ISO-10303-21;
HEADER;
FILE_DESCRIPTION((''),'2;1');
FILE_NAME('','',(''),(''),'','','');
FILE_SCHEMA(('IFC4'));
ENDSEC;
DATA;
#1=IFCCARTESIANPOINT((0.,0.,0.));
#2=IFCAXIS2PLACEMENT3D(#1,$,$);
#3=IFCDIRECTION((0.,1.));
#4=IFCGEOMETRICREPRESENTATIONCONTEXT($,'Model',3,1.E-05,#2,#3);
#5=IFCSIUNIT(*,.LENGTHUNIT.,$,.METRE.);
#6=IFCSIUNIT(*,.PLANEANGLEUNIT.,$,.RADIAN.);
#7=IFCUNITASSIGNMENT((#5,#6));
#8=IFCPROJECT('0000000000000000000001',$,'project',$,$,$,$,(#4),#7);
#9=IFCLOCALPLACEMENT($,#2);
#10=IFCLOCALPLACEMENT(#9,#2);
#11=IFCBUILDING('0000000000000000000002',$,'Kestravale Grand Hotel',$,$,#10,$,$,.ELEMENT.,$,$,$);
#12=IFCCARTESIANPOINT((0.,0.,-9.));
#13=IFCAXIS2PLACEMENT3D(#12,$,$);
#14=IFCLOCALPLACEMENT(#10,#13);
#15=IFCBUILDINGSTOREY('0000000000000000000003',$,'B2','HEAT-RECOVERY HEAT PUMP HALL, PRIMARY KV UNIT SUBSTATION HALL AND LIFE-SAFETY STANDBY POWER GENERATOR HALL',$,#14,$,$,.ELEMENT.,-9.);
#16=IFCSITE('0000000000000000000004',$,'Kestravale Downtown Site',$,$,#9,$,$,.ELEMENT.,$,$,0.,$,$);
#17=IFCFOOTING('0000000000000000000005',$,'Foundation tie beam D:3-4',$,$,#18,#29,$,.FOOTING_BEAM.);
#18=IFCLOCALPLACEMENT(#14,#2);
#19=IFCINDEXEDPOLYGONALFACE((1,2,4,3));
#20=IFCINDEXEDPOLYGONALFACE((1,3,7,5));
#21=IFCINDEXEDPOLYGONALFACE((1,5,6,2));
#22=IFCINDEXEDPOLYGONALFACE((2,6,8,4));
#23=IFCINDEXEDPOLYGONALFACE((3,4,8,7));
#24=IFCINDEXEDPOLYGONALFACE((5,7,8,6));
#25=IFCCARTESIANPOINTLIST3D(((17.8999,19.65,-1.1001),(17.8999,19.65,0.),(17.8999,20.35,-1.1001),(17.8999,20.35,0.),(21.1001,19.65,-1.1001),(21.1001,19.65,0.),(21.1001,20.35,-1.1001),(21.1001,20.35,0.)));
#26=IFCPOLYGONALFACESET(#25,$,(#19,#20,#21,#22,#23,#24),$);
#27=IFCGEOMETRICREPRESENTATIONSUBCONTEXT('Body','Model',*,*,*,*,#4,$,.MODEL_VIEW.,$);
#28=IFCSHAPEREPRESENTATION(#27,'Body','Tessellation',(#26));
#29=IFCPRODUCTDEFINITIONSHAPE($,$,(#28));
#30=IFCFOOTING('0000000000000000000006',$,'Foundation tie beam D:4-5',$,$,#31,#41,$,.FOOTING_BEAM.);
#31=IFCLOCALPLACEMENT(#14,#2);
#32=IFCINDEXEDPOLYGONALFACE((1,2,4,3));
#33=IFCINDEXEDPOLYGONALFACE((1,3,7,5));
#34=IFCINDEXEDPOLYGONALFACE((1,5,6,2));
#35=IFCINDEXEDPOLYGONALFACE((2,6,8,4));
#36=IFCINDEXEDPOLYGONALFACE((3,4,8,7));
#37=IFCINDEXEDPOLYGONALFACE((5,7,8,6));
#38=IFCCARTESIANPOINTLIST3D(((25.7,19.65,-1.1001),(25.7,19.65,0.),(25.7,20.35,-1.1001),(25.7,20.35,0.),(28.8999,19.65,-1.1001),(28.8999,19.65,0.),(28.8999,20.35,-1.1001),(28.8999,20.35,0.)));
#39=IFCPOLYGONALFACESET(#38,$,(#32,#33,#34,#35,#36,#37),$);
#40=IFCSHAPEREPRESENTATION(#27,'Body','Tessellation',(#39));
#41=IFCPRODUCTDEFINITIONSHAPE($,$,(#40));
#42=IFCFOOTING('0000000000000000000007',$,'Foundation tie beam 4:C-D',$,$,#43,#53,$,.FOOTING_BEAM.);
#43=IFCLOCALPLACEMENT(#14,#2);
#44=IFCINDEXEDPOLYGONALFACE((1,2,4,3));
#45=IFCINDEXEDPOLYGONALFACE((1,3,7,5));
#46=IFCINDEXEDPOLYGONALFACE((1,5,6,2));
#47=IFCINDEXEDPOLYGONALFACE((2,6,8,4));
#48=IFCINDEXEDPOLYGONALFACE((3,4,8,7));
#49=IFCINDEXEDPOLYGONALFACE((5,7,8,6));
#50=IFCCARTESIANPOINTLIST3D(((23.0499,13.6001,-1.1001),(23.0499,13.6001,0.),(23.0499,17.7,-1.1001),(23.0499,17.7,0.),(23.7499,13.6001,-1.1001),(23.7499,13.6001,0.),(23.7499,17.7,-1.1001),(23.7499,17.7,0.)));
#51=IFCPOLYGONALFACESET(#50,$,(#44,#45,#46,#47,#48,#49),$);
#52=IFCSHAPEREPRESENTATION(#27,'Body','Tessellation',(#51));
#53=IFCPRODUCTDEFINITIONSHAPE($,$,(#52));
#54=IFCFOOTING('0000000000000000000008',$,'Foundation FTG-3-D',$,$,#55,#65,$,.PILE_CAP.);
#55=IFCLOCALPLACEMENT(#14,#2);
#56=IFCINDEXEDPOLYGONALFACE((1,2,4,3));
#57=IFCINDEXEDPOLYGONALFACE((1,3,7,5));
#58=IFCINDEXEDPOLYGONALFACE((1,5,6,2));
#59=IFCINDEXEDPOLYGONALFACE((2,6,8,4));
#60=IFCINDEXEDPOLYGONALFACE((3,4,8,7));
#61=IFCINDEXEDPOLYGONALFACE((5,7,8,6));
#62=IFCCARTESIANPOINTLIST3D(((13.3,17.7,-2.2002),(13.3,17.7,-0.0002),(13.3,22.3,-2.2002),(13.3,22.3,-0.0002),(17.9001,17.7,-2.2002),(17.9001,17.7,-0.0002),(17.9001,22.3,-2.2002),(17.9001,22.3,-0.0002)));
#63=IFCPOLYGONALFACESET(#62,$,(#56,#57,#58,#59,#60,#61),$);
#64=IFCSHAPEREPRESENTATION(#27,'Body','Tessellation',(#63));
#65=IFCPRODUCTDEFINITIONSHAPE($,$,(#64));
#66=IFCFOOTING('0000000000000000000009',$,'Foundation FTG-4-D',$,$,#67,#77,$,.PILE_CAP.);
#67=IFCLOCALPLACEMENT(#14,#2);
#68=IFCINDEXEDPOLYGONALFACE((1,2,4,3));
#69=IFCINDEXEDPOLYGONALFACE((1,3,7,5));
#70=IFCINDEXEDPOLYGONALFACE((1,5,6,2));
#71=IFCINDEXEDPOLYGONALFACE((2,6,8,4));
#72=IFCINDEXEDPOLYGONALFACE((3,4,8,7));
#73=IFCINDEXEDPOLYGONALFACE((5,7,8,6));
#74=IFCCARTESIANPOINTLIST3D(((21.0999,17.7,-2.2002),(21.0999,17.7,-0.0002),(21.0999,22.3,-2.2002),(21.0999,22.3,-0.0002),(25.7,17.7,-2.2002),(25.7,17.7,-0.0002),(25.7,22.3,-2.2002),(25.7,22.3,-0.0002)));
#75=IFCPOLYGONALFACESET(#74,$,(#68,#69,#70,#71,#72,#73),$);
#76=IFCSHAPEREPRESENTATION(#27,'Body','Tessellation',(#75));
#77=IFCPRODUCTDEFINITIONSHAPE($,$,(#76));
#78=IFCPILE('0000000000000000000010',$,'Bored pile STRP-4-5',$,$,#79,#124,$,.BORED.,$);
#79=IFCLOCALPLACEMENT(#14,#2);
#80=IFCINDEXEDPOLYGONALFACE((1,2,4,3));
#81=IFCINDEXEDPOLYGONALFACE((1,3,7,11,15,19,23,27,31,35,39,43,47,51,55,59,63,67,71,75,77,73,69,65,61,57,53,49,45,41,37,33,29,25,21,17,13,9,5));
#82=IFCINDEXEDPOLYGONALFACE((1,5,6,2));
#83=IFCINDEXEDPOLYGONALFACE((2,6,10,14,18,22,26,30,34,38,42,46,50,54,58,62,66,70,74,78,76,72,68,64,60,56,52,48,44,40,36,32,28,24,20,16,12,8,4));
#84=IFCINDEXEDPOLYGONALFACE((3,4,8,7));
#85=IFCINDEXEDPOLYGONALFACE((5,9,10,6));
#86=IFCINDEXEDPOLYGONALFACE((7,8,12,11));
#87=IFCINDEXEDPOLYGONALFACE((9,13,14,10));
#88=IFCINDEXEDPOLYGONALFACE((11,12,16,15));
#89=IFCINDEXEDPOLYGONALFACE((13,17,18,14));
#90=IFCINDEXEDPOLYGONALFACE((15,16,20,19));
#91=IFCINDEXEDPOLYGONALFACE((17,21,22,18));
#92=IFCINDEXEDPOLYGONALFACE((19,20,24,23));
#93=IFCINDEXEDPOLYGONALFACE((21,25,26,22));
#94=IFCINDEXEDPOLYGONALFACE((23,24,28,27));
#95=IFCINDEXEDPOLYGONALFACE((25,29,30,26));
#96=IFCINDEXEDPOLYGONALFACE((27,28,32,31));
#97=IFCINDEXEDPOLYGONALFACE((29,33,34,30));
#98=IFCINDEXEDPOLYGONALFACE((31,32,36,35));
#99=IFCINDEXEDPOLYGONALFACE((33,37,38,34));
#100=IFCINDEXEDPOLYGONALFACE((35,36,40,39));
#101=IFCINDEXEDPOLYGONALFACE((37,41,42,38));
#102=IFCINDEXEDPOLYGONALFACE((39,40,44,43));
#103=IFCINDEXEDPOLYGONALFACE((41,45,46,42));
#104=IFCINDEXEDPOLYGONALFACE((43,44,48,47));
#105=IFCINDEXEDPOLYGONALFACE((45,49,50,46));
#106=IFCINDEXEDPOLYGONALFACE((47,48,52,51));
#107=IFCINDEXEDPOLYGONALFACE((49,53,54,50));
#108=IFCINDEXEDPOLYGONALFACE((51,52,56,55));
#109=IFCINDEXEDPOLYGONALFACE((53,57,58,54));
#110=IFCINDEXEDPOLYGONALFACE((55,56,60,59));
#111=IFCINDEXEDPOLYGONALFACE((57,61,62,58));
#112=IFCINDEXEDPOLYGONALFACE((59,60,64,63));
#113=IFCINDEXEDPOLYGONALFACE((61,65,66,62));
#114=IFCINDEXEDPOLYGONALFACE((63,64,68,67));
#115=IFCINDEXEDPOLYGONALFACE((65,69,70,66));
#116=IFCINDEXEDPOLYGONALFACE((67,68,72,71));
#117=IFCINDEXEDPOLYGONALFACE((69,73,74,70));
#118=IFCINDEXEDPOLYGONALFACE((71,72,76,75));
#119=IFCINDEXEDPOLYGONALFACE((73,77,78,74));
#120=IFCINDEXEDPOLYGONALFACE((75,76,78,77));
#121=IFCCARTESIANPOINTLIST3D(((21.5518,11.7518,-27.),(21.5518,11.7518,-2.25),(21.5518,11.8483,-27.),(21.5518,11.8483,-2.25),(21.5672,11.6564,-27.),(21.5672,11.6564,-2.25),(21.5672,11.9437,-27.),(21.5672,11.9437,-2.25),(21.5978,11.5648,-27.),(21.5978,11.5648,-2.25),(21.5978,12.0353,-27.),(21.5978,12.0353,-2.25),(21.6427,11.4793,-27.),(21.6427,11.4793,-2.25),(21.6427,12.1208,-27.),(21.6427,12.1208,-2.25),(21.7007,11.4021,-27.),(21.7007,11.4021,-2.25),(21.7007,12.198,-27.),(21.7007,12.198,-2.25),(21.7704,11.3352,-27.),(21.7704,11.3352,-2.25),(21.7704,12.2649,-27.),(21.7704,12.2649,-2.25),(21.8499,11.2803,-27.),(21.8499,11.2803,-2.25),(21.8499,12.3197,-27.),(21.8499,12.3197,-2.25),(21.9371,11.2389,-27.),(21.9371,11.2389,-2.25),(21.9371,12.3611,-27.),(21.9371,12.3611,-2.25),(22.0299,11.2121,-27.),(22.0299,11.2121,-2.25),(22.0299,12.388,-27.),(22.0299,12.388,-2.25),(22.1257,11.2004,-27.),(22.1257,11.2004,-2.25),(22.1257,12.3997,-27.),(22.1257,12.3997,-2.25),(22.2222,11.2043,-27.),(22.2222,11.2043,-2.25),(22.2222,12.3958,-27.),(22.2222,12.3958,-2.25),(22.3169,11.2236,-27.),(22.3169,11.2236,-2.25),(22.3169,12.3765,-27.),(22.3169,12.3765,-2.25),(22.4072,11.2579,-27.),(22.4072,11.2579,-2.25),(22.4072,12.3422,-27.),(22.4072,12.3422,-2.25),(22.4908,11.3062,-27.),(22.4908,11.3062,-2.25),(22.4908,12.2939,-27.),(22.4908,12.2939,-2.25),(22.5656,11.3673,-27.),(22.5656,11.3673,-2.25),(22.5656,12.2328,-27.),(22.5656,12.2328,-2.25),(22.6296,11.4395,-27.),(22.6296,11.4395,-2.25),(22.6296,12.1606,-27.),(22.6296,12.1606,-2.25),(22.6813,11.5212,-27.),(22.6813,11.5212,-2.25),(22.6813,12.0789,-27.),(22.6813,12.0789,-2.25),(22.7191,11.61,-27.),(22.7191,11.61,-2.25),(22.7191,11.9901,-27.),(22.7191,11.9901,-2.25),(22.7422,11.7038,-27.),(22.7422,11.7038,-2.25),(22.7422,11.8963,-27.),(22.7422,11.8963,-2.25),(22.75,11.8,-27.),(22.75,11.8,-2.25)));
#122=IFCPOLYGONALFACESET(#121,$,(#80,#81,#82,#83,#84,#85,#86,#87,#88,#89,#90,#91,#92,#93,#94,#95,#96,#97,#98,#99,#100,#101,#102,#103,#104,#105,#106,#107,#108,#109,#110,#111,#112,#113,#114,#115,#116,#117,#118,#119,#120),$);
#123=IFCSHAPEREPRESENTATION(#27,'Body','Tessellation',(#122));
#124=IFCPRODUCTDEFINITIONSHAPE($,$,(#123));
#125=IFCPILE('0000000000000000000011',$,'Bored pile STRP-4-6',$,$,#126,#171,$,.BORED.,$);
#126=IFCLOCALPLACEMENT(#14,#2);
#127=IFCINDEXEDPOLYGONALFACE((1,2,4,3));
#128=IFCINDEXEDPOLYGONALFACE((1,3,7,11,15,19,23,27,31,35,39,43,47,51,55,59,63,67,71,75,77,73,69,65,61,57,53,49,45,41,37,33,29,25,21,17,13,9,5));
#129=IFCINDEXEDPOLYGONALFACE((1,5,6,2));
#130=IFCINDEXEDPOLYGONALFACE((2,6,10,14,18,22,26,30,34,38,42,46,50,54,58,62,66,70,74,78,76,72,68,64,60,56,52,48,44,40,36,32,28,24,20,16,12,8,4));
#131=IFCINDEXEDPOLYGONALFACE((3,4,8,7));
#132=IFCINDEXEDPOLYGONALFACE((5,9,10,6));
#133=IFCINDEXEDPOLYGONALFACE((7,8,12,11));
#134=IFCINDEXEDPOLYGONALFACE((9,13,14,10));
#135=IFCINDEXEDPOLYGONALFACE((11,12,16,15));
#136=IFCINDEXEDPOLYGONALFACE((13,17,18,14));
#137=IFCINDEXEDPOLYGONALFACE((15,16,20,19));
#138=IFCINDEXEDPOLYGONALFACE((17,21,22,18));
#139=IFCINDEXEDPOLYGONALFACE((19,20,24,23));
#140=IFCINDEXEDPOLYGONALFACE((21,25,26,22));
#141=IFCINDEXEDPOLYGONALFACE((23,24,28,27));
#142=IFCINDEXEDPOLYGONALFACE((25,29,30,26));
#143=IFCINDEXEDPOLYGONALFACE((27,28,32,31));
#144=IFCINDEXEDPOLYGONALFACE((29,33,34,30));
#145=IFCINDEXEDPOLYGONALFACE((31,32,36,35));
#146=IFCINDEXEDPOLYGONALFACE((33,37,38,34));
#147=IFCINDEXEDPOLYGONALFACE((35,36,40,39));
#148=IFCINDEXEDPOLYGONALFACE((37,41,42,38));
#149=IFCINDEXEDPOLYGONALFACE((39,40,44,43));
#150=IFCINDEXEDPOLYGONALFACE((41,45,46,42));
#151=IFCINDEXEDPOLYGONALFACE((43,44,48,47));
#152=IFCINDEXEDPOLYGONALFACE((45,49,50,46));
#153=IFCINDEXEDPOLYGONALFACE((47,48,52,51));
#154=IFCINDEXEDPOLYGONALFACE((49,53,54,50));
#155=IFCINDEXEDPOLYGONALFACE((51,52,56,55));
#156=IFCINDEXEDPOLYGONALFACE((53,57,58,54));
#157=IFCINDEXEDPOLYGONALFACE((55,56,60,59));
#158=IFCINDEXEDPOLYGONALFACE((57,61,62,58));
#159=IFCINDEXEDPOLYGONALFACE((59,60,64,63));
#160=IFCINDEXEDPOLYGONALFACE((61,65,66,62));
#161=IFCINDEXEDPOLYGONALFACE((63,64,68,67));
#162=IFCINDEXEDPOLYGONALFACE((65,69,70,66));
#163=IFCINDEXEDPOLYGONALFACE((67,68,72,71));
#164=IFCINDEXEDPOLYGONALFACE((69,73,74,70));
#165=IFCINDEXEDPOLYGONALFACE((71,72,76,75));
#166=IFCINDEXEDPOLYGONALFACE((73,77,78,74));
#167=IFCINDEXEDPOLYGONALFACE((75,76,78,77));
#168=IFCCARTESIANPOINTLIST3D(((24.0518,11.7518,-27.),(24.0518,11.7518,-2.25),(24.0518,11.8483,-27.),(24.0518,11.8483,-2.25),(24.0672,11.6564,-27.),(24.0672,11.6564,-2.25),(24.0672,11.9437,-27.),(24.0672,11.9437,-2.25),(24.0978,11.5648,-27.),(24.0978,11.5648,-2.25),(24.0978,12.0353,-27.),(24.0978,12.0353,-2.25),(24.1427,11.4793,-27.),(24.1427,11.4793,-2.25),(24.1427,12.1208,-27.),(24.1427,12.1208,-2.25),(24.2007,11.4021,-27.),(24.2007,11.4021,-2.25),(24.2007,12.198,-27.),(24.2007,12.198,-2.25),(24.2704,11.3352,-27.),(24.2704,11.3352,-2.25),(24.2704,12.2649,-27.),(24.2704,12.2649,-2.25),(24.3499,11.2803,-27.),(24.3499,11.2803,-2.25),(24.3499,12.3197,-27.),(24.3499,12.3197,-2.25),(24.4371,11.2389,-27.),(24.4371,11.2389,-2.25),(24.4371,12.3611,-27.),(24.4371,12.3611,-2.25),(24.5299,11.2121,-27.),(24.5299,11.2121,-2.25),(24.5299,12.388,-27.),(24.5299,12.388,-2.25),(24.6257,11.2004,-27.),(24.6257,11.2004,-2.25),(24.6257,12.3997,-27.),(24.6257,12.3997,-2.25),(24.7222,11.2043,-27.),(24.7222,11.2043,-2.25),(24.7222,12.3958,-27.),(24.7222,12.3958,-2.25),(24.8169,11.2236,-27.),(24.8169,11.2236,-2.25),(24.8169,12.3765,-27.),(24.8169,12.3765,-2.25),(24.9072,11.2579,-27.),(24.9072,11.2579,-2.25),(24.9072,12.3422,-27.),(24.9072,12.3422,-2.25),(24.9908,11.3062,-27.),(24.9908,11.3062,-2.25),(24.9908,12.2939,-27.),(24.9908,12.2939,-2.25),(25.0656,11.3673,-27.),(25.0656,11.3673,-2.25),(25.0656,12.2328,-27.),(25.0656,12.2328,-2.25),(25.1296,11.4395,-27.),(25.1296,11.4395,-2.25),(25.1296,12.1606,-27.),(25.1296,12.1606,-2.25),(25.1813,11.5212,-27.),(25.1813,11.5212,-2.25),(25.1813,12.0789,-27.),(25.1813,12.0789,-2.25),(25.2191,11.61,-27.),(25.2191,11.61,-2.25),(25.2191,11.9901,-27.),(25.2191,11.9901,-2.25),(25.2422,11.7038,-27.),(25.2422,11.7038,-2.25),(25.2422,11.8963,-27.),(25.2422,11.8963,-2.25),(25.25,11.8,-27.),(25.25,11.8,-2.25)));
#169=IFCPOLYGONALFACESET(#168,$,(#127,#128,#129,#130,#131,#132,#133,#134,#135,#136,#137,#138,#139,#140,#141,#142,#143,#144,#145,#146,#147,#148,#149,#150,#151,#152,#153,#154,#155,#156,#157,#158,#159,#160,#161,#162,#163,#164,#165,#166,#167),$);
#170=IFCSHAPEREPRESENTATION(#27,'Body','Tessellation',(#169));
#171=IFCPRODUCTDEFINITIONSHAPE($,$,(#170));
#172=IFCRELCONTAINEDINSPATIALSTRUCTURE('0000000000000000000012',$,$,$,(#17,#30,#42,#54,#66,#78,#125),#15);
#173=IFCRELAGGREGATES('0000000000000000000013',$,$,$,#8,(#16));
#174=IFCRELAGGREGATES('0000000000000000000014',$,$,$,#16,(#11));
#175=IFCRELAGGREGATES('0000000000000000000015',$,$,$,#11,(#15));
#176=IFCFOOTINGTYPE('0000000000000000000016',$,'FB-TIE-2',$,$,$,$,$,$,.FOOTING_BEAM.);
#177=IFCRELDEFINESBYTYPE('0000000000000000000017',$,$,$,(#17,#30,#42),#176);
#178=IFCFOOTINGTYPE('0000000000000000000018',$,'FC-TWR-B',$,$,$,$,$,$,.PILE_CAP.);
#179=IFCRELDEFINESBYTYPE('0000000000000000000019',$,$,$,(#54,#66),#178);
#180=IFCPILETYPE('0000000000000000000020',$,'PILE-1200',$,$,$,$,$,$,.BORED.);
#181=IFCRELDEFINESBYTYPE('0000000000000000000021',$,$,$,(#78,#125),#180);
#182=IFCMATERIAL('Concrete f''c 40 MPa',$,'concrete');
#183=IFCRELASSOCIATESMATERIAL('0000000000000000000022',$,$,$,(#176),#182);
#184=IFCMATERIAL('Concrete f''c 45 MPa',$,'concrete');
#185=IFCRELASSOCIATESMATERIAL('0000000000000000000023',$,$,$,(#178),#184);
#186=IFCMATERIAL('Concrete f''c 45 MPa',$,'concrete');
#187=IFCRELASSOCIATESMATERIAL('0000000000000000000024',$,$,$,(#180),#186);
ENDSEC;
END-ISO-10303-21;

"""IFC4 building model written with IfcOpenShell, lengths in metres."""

from ifc_helpers import new_model, si_unit, direction, frame, origin, origin_2d, place, context, subcontext, project, spatial, rectangle, circle, extrude, material, material_profile, profile_set, type_object, element, save


model = new_model("IFC4")

# Units and contexts
model_context = context("Model", 3, precision=1e-05, world=origin(), true_north=direction((0.0, 1.0)))
body_context = subcontext(model_context, "Body", "Model", "MODEL_VIEW")
ifc_project = project(units=[si_unit("LENGTHUNIT", "METRE"), si_unit("PLANEANGLEUNIT", "RADIAN")], contexts=[model_context])

# Site, building, storey
site_placement = place(None, origin())
site = spatial("IfcSite", under=ifc_project, at=site_placement, Name="Kestravale Downtown Site", CompositionType="ELEMENT", RefElevation=0.0)
building_placement = place(site_placement, origin())
building = spatial("IfcBuilding", under=site, at=building_placement, Name="Kestravale Grand Hotel", CompositionType="ELEMENT")
storey_placement = place(building_placement, frame((0.0, 0.0, -9.0)))
storey = spatial("IfcBuildingStorey", under=building, at=storey_placement, Name="B2", Description="HEAT-RECOVERY HEAT PUMP HALL, PRIMARY KV UNIT SUBSTATION HALL AND LIFE-SAFETY STANDBY POWER GENERATOR HALL", CompositionType="ELEMENT", Elevation=-9.0)

# Footings
ifc_material_1 = material(Name="Concrete f'c 40 MPa", Category="concrete")
ifc_material_profile_1 = material_profile(ifc_material_1, rectangle(XDim=0.7, YDim=1.1001, at=origin_2d()))
ifc_profile_set_1 = profile_set([ifc_material_profile_1], Name="Concrete f'c 40 MPa")
footing_type_1 = type_object("IfcFootingType", Name="FB-TIE-2", PredefinedType="FOOTING_BEAM", material=ifc_profile_set_1)
footing_1_placement = place(storey_placement, frame((17.8999, 20.0, -0.55), z_axis=(1.0, 0.0, 0.0), x_axis=(0.0, 1.0, 0.0)))
element("IfcFooting", 1, at=footing_1_placement, inside=storey, type_object=footing_type_1, Name="Foundation tie beam D:3-4", PredefinedType="FOOTING_BEAM", context=body_context, shape_type="SweptSolid", body=[
    extrude(rectangle(XDim=0.7, YDim=1.1001, at=origin_2d()), origin(), (0.0, 0.0, 1.0), 3.2002),
])
footing_2_placement = place(storey_placement, frame((25.7, 20.0, -0.55), z_axis=(1.0, 0.0, 0.0), x_axis=(0.0, 1.0, 0.0)))
element("IfcFooting", 2, at=footing_2_placement, inside=storey, type_object=footing_type_1, Name="Foundation tie beam D:4-5", PredefinedType="FOOTING_BEAM", context=body_context, shape_type="SweptSolid", body=[
    extrude(rectangle(XDim=0.7, YDim=1.1001, at=origin_2d()), origin(), (0.0, 0.0, 1.0), 3.2),
])
footing_3_placement = place(storey_placement, frame((23.3999, 13.6001, -0.55), z_axis=(0.0, 1.0, 0.0), x_axis=(-1.0, 0.0, 0.0)))
element("IfcFooting", 3, at=footing_3_placement, inside=storey, type_object=footing_type_1, Name="Foundation tie beam 4:C-D", PredefinedType="FOOTING_BEAM", context=body_context, shape_type="SweptSolid", body=[
    extrude(rectangle(XDim=0.7, YDim=1.1001, at=origin_2d()), origin(), (0.0, 0.0, 1.0), 4.0999),
])
ifc_material_2 = material(Name="Concrete f'c 45 MPa", Category="concrete")
footing_type_2 = type_object("IfcFootingType", Name="FC-TWR-B", PredefinedType="PILE_CAP", material=ifc_material_2)
for number, where, z_axis, x_axis, name in (
    (4, (15.6001, 20.0, -2.2002), (0.0, 0.0, 1.0), (1.0, 0.0, 0.0), "Foundation FTG-3-D"),
    (5, (23.3999, 20.0, -2.2002), (0.0, 0.0, 1.0), (1.0, 0.0, 0.0), "Foundation FTG-4-D"),
):
    element("IfcFooting", number, at=place(storey_placement, frame(where, z_axis=z_axis, x_axis=x_axis)), inside=storey, type_object=footing_type_2, Name=name, PredefinedType="PILE_CAP", context=body_context, shape_type="SweptSolid", body=[
        extrude(rectangle(XDim=4.6001, YDim=4.6001, at=origin_2d()), origin(), (0.0, 0.0, 1.0), 2.2),
    ])

# Piles
ifc_material_3 = material(Name="Concrete f'c 45 MPa", Category="concrete")
ifc_material_profile_2 = material_profile(ifc_material_3, circle(Radius=0.6001, at=origin_2d()))
ifc_profile_set_2 = profile_set([ifc_material_profile_2], Name="Concrete f'c 45 MPa")
pile_type_1 = type_object("IfcPileType", Name="PILE-1200", PredefinedType="BORED", material=ifc_profile_set_2)
for number, where, z_axis, x_axis, name in (
    (6, (22.1499, 11.8, -2.25), (0.0, 0.0, -1.0), (1.0, 0.0, 0.0), "Bored pile STRP-4-5"),
    (7, (24.6499, 11.8, -2.25), (0.0, 0.0, -1.0), (1.0, 0.0, 0.0), "Bored pile STRP-4-6"),
):
    element("IfcPile", number, at=place(storey_placement, frame(where, z_axis=z_axis, x_axis=x_axis)), inside=storey, type_object=pile_type_1, Name=name, PredefinedType="BORED", context=body_context, shape_type="SweptSolid", body=[
        extrude(circle(Radius=0.6001, at=origin_2d()), origin(), (0.0, 0.0, 1.0), 24.75),
    ])

save(model, "model.ifc")
